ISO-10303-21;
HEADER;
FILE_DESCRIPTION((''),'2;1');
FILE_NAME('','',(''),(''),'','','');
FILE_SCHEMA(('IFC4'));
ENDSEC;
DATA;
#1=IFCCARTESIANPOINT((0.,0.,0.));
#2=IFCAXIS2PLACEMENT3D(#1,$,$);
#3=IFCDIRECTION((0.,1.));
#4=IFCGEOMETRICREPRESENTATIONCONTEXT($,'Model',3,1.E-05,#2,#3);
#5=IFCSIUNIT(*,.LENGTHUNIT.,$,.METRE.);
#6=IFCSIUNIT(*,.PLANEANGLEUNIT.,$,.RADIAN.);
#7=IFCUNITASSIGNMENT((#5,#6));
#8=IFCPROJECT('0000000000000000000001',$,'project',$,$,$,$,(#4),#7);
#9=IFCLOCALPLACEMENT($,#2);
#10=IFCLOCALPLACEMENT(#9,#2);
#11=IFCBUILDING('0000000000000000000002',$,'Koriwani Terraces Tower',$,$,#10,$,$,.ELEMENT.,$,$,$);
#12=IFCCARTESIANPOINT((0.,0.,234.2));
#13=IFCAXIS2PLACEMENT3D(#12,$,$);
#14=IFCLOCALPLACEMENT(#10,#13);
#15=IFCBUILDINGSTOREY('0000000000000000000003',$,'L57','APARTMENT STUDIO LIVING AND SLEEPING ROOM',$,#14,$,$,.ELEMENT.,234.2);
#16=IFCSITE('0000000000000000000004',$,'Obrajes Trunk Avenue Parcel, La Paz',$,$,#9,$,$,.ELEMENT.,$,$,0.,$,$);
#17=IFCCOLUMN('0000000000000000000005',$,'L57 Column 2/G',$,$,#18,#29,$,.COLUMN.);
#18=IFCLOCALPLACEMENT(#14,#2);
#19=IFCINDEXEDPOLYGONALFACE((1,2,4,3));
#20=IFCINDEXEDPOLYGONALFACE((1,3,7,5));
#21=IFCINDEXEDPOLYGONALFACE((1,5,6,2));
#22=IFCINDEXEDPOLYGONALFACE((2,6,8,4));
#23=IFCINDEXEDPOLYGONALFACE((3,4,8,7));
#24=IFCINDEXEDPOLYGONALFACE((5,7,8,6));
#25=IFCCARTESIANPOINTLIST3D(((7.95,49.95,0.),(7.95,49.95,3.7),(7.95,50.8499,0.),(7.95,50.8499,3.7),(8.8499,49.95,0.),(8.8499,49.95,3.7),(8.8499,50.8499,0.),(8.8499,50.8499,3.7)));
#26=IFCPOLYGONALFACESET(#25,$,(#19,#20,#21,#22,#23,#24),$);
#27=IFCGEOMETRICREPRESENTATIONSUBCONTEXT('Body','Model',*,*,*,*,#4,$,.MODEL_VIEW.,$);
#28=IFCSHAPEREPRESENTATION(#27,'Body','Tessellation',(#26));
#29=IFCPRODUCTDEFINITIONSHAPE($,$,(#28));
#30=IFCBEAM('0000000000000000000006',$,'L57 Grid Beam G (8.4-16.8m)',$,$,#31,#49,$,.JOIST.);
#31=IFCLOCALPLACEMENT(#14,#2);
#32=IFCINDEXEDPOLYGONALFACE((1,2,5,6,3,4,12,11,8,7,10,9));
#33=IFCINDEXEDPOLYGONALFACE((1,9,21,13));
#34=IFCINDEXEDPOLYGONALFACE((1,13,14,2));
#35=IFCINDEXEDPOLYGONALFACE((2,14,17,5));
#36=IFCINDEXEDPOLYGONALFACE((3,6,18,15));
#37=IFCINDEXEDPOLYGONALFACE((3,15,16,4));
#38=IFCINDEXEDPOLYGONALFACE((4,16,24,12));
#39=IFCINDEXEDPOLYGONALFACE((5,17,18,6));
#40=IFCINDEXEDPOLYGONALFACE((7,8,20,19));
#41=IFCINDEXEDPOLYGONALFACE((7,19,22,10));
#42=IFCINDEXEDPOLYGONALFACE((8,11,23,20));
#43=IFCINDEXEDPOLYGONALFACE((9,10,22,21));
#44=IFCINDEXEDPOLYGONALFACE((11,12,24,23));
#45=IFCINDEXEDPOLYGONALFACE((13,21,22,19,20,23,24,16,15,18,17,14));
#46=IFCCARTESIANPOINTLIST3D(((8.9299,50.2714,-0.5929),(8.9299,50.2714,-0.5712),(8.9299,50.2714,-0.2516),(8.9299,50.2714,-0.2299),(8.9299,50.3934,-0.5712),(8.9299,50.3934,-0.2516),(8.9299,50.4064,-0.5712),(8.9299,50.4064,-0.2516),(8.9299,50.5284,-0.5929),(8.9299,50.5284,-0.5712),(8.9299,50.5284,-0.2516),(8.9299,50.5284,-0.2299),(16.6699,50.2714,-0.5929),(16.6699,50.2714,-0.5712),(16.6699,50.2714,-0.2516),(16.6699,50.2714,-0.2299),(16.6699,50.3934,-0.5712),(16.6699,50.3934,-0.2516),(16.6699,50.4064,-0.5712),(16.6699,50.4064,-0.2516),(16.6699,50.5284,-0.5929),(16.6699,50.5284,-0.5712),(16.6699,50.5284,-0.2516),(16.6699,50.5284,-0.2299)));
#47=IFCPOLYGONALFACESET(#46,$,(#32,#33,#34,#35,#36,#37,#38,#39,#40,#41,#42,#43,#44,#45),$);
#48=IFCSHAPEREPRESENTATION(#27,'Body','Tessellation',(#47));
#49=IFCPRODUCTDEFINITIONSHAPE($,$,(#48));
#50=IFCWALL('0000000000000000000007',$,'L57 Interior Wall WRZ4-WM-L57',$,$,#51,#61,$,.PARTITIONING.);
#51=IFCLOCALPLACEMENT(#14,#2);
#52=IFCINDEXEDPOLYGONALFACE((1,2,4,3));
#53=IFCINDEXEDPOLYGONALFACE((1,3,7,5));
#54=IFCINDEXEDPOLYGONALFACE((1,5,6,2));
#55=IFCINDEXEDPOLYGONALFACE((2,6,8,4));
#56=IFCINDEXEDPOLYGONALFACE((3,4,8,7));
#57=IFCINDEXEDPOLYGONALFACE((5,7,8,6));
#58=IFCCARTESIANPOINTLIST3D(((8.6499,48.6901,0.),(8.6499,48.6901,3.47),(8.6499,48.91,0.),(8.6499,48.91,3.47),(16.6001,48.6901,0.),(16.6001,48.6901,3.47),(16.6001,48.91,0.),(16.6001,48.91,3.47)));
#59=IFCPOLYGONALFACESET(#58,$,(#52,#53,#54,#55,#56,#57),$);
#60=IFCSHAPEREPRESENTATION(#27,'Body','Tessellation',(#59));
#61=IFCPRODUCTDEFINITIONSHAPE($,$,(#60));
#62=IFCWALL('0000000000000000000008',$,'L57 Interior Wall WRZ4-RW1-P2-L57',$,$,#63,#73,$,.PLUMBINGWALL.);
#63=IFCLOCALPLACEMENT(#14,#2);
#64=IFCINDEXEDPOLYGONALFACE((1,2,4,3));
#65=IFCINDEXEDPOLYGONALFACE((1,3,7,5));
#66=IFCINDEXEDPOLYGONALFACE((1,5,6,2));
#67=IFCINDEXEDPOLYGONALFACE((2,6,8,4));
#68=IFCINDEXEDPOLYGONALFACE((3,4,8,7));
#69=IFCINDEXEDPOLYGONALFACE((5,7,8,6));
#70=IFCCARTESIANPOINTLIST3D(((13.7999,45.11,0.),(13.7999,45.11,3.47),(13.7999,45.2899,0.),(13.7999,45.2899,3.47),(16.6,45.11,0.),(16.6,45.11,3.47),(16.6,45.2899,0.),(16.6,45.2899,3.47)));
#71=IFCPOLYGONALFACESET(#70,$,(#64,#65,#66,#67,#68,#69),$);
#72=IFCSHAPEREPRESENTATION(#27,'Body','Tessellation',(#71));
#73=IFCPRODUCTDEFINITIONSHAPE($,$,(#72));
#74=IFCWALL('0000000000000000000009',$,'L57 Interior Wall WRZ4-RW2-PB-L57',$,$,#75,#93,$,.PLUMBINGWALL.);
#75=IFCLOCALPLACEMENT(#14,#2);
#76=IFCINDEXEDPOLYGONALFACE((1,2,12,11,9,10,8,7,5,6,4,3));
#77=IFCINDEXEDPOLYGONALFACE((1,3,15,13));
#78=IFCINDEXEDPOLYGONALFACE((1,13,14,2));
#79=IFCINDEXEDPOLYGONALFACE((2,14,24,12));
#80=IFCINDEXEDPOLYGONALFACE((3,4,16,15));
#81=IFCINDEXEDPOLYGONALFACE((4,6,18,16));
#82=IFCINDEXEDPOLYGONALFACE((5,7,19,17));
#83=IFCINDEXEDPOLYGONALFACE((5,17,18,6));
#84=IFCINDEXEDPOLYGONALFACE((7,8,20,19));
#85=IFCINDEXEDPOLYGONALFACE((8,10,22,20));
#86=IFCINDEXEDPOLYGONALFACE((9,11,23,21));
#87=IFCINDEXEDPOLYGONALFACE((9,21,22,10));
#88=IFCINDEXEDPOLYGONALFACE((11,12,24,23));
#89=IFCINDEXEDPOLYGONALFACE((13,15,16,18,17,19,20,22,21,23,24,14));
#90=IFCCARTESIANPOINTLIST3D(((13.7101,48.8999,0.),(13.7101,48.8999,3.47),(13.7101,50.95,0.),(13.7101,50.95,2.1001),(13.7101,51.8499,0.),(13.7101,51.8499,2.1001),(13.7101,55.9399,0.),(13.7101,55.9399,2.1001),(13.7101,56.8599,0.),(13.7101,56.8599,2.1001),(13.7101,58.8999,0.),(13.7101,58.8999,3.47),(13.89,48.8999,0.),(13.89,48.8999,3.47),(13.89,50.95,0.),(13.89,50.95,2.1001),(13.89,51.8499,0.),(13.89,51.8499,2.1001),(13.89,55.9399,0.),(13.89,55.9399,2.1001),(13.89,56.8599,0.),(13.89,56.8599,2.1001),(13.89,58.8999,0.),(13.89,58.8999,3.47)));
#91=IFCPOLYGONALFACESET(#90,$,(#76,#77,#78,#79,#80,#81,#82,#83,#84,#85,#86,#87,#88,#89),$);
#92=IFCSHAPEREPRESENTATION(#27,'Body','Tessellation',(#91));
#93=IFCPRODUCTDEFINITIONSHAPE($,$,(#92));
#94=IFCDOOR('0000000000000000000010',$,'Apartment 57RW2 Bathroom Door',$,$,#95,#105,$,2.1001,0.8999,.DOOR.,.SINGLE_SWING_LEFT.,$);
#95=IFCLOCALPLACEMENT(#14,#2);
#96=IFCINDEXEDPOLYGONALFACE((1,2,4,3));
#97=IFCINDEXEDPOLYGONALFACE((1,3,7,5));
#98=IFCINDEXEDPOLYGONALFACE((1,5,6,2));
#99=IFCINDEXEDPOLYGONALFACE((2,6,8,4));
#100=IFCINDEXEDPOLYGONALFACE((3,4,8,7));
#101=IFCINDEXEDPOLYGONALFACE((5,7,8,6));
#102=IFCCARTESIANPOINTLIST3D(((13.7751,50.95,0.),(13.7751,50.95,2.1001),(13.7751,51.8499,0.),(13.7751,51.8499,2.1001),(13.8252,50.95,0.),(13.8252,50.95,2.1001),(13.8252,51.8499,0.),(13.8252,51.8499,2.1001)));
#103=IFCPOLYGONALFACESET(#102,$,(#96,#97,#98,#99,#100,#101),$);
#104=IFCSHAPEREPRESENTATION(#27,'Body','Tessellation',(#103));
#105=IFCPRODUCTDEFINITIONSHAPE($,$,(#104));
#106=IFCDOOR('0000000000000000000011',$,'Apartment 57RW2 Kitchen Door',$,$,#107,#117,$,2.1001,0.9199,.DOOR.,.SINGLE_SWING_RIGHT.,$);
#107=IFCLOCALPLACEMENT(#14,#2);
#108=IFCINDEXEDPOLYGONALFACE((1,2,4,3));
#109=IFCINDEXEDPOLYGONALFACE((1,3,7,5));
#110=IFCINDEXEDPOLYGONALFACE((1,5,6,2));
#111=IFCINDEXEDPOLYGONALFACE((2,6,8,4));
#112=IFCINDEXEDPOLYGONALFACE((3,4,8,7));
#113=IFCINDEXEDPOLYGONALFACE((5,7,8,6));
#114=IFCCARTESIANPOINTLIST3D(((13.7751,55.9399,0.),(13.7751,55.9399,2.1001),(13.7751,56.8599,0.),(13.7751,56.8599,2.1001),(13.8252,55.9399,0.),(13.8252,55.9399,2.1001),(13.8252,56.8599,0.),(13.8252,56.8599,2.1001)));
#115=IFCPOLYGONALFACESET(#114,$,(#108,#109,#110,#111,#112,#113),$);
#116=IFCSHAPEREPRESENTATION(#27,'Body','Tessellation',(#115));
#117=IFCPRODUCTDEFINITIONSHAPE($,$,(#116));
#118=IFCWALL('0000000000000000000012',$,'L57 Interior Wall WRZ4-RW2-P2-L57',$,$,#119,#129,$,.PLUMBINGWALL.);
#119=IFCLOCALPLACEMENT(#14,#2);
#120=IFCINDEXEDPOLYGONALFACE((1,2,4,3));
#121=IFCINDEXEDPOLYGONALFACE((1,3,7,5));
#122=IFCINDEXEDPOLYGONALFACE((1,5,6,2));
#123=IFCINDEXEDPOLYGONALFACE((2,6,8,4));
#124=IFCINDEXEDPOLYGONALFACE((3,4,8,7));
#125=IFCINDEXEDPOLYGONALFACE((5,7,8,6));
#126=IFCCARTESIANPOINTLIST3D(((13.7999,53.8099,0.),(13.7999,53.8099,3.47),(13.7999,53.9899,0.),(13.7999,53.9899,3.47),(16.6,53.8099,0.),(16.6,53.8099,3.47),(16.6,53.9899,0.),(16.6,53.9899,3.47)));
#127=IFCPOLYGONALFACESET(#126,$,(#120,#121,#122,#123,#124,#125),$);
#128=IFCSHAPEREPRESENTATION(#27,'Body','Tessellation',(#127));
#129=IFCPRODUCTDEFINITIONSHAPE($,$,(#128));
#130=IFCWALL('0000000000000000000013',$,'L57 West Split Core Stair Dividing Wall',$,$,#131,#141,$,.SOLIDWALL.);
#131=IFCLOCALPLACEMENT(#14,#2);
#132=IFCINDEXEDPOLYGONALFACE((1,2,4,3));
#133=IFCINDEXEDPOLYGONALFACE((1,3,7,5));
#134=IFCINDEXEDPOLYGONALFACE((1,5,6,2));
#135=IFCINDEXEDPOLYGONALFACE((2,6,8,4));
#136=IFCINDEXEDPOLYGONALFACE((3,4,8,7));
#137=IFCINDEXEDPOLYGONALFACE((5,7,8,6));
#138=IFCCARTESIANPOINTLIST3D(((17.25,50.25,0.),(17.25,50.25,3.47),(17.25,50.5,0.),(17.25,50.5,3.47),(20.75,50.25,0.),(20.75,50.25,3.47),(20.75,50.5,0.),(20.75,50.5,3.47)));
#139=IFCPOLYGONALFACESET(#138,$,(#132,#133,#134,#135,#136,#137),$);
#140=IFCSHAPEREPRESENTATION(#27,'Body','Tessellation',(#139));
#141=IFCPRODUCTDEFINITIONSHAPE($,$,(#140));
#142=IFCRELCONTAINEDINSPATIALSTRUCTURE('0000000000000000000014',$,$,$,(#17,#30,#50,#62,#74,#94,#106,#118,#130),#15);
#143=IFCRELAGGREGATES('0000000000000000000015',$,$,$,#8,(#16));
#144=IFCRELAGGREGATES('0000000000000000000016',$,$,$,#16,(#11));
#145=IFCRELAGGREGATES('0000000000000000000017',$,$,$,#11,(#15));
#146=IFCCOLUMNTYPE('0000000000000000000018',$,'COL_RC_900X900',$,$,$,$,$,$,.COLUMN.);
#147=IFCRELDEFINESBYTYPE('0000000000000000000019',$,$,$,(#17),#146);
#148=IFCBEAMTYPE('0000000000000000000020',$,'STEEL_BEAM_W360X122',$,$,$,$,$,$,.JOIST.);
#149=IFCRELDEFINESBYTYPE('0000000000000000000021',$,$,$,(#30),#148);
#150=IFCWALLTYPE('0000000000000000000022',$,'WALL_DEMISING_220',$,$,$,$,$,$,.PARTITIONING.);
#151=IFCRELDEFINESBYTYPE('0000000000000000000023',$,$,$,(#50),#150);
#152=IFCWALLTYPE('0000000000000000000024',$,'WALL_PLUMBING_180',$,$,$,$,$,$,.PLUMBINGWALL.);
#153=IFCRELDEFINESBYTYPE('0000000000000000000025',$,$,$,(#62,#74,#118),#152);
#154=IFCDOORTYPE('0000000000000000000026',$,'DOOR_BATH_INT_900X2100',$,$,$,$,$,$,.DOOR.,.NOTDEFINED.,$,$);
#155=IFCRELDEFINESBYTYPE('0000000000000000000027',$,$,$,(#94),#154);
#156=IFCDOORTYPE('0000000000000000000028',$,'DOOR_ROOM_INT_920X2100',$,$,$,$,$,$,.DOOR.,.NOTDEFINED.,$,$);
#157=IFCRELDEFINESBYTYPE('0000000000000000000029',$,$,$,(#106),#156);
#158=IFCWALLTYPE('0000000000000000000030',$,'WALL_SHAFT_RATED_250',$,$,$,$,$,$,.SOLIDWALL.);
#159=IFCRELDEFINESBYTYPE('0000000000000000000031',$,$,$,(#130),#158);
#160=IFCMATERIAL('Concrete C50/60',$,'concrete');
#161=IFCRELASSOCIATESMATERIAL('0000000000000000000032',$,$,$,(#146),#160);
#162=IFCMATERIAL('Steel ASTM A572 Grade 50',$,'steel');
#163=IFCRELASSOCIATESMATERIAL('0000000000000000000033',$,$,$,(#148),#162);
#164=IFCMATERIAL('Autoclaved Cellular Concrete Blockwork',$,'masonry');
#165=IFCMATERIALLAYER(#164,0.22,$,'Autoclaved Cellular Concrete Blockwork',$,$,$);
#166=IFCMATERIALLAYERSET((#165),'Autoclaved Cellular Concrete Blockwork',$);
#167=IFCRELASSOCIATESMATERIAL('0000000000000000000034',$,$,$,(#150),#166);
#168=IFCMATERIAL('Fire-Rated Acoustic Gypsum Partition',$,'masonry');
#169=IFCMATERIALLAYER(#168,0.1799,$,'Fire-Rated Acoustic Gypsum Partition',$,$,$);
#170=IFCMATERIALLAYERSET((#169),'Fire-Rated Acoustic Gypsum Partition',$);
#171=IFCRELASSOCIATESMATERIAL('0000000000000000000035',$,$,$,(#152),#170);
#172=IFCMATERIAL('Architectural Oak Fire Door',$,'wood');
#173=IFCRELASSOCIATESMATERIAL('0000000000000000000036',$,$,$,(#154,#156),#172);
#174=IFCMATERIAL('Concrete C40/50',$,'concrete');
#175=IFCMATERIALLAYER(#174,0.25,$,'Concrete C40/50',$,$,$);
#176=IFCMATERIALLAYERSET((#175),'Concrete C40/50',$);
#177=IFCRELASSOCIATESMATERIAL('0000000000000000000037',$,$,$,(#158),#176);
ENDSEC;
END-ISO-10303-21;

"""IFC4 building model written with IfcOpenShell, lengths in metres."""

from ifc_helpers import new_model, si_unit, direction, frame, frame_2d, origin, origin_2d, place, context, subcontext, project, spatial, rectangle, i_section, extrude, material, layer, layer_set, material_profile, profile_set, type_object, element, fill, save


model = new_model("IFC4")

# Units and contexts
model_context = context("Model", 3, precision=1e-05, world=origin(), true_north=direction((0.0, 1.0)))
body_context = subcontext(model_context, "Body", "Model", "MODEL_VIEW")
ifc_project = project(units=[si_unit("LENGTHUNIT", "METRE"), si_unit("PLANEANGLEUNIT", "RADIAN")], contexts=[model_context])

# Site, building, storey
site_placement = place(None, origin())
site = spatial("IfcSite", under=ifc_project, at=site_placement, Name="Obrajes Trunk Avenue Parcel, La Paz", CompositionType="ELEMENT", RefElevation=0.0)
building_placement = place(site_placement, origin())
building = spatial("IfcBuilding", under=site, at=building_placement, Name="Koriwani Terraces Tower", CompositionType="ELEMENT")
storey_placement = place(building_placement, frame((0.0, 0.0, 234.2)))
storey = spatial("IfcBuildingStorey", under=building, at=storey_placement, Name="L57", Description="APARTMENT STUDIO LIVING AND SLEEPING ROOM", CompositionType="ELEMENT", Elevation=234.2)

# Column
ifc_material_1 = material(Name="Concrete C50/60", Category="concrete")
ifc_material_profile_1 = material_profile(ifc_material_1, rectangle(XDim=0.8999, YDim=0.8999, at=origin_2d()), Name="Concrete C50/60", Category="LoadBearing")
ifc_profile_set_1 = profile_set([ifc_material_profile_1], Name="Concrete C50/60")
column_type = type_object("IfcColumnType", Name="COL_RC_900X900", PredefinedType="COLUMN", material=ifc_profile_set_1)
column_placement = place(storey_placement, frame((8.3999, 50.3999, 0.0), z_axis=(0.0, 0.0, 1.0), x_axis=(1.0, 0.0, 0.0)))
element("IfcColumn", 1, at=column_placement, inside=storey, type_object=column_type, Name="L57 Column 2/G", PredefinedType="COLUMN", context=body_context, shape_type="SweptSolid", body=[
    extrude(rectangle(XDim=0.8999, YDim=0.8999, at=origin_2d()), origin(), (0.0, 0.0, 1.0), 3.7),
])

# Beam
ifc_material_2 = material(Name="Steel ASTM A572 Grade 50", Category="steel")
ifc_material_profile_2 = material_profile(ifc_material_2, i_section(OverallWidth=0.2571, OverallDepth=0.363, WebThickness=0.0129, FlangeThickness=0.0217, at=origin_2d()), Name="Steel ASTM A572 Grade 50", Category="LoadBearing")
ifc_profile_set_2 = profile_set([ifc_material_profile_2], Name="Steel ASTM A572 Grade 50")
beam_type = type_object("IfcBeamType", Name="STEEL_BEAM_W360X122", PredefinedType="JOIST", material=ifc_profile_set_2)
beam_placement = place(storey_placement, frame((8.9299, 50.3999, -0.4114), z_axis=(1.0, 0.0, 0.0), x_axis=(0.0, 1.0, 0.0)))
element("IfcBeam", 2, at=beam_placement, inside=storey, type_object=beam_type, Name="L57 Grid Beam G (8.4-16.8m)", PredefinedType="JOIST", context=body_context, shape_type="SweptSolid", body=[
    extrude(i_section(OverallWidth=0.2571, OverallDepth=0.363, WebThickness=0.0129, FlangeThickness=0.0217, at=origin_2d()), origin(), (0.0, 0.0, 1.0), 7.74),
])

# Walls
ifc_material_3 = material(Name="Autoclaved Cellular Concrete Blockwork", Category="masonry")
ifc_layer_1 = layer(ifc_material_3, 0.22, Name="Autoclaved Cellular Concrete Blockwork")
ifc_layer_set_1 = layer_set([ifc_layer_1], Name="Autoclaved Cellular Concrete Blockwork")
wall_type_1 = type_object("IfcWallType", Name="WALL_DEMISING_220", PredefinedType="PARTITIONING", material=ifc_layer_set_1)
wall_1_placement = place(storey_placement, frame((8.6499, 48.8, 0.0), z_axis=(0.0, 0.0, 1.0), x_axis=(1.0, 0.0, 0.0)))
element("IfcWall", 3, at=wall_1_placement, inside=storey, type_object=wall_type_1, Name="L57 Interior Wall WRZ4-WM-L57", PredefinedType="PARTITIONING", context=body_context, shape_type="SweptSolid", body=[
    extrude(rectangle(XDim=7.9502, YDim=0.22, at=frame_2d((3.9751, 0.0))), origin(), (0.0, 0.0, 1.0), 3.47),
])
ifc_material_4 = material(Name="Fire-Rated Acoustic Gypsum Partition", Category="masonry")
ifc_layer_2 = layer(ifc_material_4, 0.1799, Name="Fire-Rated Acoustic Gypsum Partition")
ifc_layer_set_2 = layer_set([ifc_layer_2], Name="Fire-Rated Acoustic Gypsum Partition")
wall_type_2 = type_object("IfcWallType", Name="WALL_PLUMBING_180", PredefinedType="PLUMBINGWALL", material=ifc_layer_set_2)
wall_2_placement = place(storey_placement, frame((13.8, 45.2, 0.0), z_axis=(0.0, 0.0, 1.0), x_axis=(1.0, 0.0, 0.0)))
element("IfcWall", 4, at=wall_2_placement, inside=storey, type_object=wall_type_2, Name="L57 Interior Wall WRZ4-RW1-P2-L57", PredefinedType="PLUMBINGWALL", context=body_context, shape_type="SweptSolid", body=[
    extrude(rectangle(XDim=2.8, YDim=0.1799, at=frame_2d((1.3999, 0.0))), origin(), (0.0, 0.0, 1.0), 3.47),
])

# Wall, openings, doors
wall_3_placement = place(storey_placement, frame((13.8, 48.8999, 0.0), z_axis=(0.0, 0.0, 1.0), x_axis=(0.0, 1.0, 0.0)))
wall_3 = element("IfcWall", 5, at=wall_3_placement, inside=storey, type_object=wall_type_2, Name="L57 Interior Wall WRZ4-RW2-PB-L57", PredefinedType="PLUMBINGWALL", context=body_context, shape_type="SweptSolid", body=[
    extrude(rectangle(XDim=10.0, YDim=0.1799, at=frame_2d((5.0, 0.0))), origin(), (0.0, 0.0, 1.0), 3.47),
])
opening_1_placement = place(wall_3_placement, frame((2.05, 0.0, 0.0)))
opening_1 = element("IfcOpeningElement", 6, at=opening_1_placement, cuts=wall_3, PredefinedType="OPENING", context=body_context, shape_type="SweptSolid", body=[
    extrude(rectangle(XDim=0.8999, YDim=2.1001, at=frame_2d((0.45, 1.05))), frame((0.0, 0.1001, 0.0), z_axis=(0.0, -1.0, 0.0), x_axis=(1.0, 0.0, 0.0)), (0.0, 0.0, 1.0), 0.2),
])
opening_2_placement = place(wall_3_placement, frame((7.04, 0.0, 0.0)))
opening_2 = element("IfcOpeningElement", 7, at=opening_2_placement, cuts=wall_3, PredefinedType="OPENING", context=body_context, shape_type="SweptSolid", body=[
    extrude(rectangle(XDim=0.9199, YDim=2.1001, at=frame_2d((0.46, 1.05))), frame((0.0, 0.1001, 0.0), z_axis=(0.0, -1.0, 0.0), x_axis=(1.0, 0.0, 0.0)), (0.0, 0.0, 1.0), 0.2),
])
ifc_material_5 = material(Name="Architectural Oak Fire Door", Category="wood")
door_type_1 = type_object("IfcDoorType", Name="DOOR_BATH_INT_900X2100", OperationType="NOTDEFINED", PredefinedType="DOOR", material=ifc_material_5)
door_1_placement = place(opening_1_placement, origin())
door_1 = element("IfcDoor", 8, at=door_1_placement, inside=storey, type_object=door_type_1, Name="Apartment 57RW2 Bathroom Door", OperationType="SINGLE_SWING_LEFT", OverallHeight=2.1001, OverallWidth=0.8999, PredefinedType="DOOR", context=body_context, shape_type="SweptSolid", body=[
    extrude(rectangle(XDim=0.8999, YDim=2.1001, at=frame_2d((0.45, 1.05))), frame((0.0, 0.0249, 0.0), z_axis=(0.0, -1.0, 0.0), x_axis=(1.0, 0.0, 0.0)), (0.0, 0.0, 1.0), 0.05),
])
fill(opening_1, door_1)
door_type_2 = type_object("IfcDoorType", Name="DOOR_ROOM_INT_920X2100", OperationType="NOTDEFINED", PredefinedType="DOOR", material=ifc_material_5)
door_2_placement = place(opening_2_placement, origin())
door_2 = element("IfcDoor", 9, at=door_2_placement, inside=storey, type_object=door_type_2, Name="Apartment 57RW2 Kitchen Door", OperationType="SINGLE_SWING_RIGHT", OverallHeight=2.1001, OverallWidth=0.9199, PredefinedType="DOOR", context=body_context, shape_type="SweptSolid", body=[
    extrude(rectangle(XDim=0.9199, YDim=2.1001, at=frame_2d((0.46, 1.05))), frame((0.0, 0.0249, 0.0), z_axis=(0.0, -1.0, 0.0), x_axis=(1.0, 0.0, 0.0)), (0.0, 0.0, 1.0), 0.05),
])
fill(opening_2, door_2)

# Walls
wall_4_placement = place(storey_placement, frame((13.8, 53.8999, 0.0), z_axis=(0.0, 0.0, 1.0), x_axis=(1.0, 0.0, 0.0)))
element("IfcWall", 10, at=wall_4_placement, inside=storey, type_object=wall_type_2, Name="L57 Interior Wall WRZ4-RW2-P2-L57", PredefinedType="PLUMBINGWALL", context=body_context, shape_type="SweptSolid", body=[
    extrude(rectangle(XDim=2.8, YDim=0.1799, at=frame_2d((1.3999, 0.0))), origin(), (0.0, 0.0, 1.0), 3.47),
])
ifc_material_6 = material(Name="Concrete C40/50", Category="concrete")
ifc_layer_3 = layer(ifc_material_6, 0.25, Name="Concrete C40/50")
ifc_layer_set_3 = layer_set([ifc_layer_3], Name="Concrete C40/50")
wall_type_3 = type_object("IfcWallType", Name="WALL_SHAFT_RATED_250", PredefinedType="SOLIDWALL", material=ifc_layer_set_3)
wall_5_placement = place(storey_placement, frame((17.25, 50.375, 0.0), z_axis=(0.0, 0.0, 1.0), x_axis=(1.0, 0.0, 0.0)))
element("IfcWall", 11, at=wall_5_placement, inside=storey, type_object=wall_type_3, Name="L57 West Split Core Stair Dividing Wall", PredefinedType="SOLIDWALL", context=body_context, shape_type="SweptSolid", body=[
    extrude(rectangle(XDim=3.5, YDim=0.25, at=frame_2d((1.75, 0.0))), origin(), (0.0, 0.0, 1.0), 3.47),
])

save(model, "model.ifc")
